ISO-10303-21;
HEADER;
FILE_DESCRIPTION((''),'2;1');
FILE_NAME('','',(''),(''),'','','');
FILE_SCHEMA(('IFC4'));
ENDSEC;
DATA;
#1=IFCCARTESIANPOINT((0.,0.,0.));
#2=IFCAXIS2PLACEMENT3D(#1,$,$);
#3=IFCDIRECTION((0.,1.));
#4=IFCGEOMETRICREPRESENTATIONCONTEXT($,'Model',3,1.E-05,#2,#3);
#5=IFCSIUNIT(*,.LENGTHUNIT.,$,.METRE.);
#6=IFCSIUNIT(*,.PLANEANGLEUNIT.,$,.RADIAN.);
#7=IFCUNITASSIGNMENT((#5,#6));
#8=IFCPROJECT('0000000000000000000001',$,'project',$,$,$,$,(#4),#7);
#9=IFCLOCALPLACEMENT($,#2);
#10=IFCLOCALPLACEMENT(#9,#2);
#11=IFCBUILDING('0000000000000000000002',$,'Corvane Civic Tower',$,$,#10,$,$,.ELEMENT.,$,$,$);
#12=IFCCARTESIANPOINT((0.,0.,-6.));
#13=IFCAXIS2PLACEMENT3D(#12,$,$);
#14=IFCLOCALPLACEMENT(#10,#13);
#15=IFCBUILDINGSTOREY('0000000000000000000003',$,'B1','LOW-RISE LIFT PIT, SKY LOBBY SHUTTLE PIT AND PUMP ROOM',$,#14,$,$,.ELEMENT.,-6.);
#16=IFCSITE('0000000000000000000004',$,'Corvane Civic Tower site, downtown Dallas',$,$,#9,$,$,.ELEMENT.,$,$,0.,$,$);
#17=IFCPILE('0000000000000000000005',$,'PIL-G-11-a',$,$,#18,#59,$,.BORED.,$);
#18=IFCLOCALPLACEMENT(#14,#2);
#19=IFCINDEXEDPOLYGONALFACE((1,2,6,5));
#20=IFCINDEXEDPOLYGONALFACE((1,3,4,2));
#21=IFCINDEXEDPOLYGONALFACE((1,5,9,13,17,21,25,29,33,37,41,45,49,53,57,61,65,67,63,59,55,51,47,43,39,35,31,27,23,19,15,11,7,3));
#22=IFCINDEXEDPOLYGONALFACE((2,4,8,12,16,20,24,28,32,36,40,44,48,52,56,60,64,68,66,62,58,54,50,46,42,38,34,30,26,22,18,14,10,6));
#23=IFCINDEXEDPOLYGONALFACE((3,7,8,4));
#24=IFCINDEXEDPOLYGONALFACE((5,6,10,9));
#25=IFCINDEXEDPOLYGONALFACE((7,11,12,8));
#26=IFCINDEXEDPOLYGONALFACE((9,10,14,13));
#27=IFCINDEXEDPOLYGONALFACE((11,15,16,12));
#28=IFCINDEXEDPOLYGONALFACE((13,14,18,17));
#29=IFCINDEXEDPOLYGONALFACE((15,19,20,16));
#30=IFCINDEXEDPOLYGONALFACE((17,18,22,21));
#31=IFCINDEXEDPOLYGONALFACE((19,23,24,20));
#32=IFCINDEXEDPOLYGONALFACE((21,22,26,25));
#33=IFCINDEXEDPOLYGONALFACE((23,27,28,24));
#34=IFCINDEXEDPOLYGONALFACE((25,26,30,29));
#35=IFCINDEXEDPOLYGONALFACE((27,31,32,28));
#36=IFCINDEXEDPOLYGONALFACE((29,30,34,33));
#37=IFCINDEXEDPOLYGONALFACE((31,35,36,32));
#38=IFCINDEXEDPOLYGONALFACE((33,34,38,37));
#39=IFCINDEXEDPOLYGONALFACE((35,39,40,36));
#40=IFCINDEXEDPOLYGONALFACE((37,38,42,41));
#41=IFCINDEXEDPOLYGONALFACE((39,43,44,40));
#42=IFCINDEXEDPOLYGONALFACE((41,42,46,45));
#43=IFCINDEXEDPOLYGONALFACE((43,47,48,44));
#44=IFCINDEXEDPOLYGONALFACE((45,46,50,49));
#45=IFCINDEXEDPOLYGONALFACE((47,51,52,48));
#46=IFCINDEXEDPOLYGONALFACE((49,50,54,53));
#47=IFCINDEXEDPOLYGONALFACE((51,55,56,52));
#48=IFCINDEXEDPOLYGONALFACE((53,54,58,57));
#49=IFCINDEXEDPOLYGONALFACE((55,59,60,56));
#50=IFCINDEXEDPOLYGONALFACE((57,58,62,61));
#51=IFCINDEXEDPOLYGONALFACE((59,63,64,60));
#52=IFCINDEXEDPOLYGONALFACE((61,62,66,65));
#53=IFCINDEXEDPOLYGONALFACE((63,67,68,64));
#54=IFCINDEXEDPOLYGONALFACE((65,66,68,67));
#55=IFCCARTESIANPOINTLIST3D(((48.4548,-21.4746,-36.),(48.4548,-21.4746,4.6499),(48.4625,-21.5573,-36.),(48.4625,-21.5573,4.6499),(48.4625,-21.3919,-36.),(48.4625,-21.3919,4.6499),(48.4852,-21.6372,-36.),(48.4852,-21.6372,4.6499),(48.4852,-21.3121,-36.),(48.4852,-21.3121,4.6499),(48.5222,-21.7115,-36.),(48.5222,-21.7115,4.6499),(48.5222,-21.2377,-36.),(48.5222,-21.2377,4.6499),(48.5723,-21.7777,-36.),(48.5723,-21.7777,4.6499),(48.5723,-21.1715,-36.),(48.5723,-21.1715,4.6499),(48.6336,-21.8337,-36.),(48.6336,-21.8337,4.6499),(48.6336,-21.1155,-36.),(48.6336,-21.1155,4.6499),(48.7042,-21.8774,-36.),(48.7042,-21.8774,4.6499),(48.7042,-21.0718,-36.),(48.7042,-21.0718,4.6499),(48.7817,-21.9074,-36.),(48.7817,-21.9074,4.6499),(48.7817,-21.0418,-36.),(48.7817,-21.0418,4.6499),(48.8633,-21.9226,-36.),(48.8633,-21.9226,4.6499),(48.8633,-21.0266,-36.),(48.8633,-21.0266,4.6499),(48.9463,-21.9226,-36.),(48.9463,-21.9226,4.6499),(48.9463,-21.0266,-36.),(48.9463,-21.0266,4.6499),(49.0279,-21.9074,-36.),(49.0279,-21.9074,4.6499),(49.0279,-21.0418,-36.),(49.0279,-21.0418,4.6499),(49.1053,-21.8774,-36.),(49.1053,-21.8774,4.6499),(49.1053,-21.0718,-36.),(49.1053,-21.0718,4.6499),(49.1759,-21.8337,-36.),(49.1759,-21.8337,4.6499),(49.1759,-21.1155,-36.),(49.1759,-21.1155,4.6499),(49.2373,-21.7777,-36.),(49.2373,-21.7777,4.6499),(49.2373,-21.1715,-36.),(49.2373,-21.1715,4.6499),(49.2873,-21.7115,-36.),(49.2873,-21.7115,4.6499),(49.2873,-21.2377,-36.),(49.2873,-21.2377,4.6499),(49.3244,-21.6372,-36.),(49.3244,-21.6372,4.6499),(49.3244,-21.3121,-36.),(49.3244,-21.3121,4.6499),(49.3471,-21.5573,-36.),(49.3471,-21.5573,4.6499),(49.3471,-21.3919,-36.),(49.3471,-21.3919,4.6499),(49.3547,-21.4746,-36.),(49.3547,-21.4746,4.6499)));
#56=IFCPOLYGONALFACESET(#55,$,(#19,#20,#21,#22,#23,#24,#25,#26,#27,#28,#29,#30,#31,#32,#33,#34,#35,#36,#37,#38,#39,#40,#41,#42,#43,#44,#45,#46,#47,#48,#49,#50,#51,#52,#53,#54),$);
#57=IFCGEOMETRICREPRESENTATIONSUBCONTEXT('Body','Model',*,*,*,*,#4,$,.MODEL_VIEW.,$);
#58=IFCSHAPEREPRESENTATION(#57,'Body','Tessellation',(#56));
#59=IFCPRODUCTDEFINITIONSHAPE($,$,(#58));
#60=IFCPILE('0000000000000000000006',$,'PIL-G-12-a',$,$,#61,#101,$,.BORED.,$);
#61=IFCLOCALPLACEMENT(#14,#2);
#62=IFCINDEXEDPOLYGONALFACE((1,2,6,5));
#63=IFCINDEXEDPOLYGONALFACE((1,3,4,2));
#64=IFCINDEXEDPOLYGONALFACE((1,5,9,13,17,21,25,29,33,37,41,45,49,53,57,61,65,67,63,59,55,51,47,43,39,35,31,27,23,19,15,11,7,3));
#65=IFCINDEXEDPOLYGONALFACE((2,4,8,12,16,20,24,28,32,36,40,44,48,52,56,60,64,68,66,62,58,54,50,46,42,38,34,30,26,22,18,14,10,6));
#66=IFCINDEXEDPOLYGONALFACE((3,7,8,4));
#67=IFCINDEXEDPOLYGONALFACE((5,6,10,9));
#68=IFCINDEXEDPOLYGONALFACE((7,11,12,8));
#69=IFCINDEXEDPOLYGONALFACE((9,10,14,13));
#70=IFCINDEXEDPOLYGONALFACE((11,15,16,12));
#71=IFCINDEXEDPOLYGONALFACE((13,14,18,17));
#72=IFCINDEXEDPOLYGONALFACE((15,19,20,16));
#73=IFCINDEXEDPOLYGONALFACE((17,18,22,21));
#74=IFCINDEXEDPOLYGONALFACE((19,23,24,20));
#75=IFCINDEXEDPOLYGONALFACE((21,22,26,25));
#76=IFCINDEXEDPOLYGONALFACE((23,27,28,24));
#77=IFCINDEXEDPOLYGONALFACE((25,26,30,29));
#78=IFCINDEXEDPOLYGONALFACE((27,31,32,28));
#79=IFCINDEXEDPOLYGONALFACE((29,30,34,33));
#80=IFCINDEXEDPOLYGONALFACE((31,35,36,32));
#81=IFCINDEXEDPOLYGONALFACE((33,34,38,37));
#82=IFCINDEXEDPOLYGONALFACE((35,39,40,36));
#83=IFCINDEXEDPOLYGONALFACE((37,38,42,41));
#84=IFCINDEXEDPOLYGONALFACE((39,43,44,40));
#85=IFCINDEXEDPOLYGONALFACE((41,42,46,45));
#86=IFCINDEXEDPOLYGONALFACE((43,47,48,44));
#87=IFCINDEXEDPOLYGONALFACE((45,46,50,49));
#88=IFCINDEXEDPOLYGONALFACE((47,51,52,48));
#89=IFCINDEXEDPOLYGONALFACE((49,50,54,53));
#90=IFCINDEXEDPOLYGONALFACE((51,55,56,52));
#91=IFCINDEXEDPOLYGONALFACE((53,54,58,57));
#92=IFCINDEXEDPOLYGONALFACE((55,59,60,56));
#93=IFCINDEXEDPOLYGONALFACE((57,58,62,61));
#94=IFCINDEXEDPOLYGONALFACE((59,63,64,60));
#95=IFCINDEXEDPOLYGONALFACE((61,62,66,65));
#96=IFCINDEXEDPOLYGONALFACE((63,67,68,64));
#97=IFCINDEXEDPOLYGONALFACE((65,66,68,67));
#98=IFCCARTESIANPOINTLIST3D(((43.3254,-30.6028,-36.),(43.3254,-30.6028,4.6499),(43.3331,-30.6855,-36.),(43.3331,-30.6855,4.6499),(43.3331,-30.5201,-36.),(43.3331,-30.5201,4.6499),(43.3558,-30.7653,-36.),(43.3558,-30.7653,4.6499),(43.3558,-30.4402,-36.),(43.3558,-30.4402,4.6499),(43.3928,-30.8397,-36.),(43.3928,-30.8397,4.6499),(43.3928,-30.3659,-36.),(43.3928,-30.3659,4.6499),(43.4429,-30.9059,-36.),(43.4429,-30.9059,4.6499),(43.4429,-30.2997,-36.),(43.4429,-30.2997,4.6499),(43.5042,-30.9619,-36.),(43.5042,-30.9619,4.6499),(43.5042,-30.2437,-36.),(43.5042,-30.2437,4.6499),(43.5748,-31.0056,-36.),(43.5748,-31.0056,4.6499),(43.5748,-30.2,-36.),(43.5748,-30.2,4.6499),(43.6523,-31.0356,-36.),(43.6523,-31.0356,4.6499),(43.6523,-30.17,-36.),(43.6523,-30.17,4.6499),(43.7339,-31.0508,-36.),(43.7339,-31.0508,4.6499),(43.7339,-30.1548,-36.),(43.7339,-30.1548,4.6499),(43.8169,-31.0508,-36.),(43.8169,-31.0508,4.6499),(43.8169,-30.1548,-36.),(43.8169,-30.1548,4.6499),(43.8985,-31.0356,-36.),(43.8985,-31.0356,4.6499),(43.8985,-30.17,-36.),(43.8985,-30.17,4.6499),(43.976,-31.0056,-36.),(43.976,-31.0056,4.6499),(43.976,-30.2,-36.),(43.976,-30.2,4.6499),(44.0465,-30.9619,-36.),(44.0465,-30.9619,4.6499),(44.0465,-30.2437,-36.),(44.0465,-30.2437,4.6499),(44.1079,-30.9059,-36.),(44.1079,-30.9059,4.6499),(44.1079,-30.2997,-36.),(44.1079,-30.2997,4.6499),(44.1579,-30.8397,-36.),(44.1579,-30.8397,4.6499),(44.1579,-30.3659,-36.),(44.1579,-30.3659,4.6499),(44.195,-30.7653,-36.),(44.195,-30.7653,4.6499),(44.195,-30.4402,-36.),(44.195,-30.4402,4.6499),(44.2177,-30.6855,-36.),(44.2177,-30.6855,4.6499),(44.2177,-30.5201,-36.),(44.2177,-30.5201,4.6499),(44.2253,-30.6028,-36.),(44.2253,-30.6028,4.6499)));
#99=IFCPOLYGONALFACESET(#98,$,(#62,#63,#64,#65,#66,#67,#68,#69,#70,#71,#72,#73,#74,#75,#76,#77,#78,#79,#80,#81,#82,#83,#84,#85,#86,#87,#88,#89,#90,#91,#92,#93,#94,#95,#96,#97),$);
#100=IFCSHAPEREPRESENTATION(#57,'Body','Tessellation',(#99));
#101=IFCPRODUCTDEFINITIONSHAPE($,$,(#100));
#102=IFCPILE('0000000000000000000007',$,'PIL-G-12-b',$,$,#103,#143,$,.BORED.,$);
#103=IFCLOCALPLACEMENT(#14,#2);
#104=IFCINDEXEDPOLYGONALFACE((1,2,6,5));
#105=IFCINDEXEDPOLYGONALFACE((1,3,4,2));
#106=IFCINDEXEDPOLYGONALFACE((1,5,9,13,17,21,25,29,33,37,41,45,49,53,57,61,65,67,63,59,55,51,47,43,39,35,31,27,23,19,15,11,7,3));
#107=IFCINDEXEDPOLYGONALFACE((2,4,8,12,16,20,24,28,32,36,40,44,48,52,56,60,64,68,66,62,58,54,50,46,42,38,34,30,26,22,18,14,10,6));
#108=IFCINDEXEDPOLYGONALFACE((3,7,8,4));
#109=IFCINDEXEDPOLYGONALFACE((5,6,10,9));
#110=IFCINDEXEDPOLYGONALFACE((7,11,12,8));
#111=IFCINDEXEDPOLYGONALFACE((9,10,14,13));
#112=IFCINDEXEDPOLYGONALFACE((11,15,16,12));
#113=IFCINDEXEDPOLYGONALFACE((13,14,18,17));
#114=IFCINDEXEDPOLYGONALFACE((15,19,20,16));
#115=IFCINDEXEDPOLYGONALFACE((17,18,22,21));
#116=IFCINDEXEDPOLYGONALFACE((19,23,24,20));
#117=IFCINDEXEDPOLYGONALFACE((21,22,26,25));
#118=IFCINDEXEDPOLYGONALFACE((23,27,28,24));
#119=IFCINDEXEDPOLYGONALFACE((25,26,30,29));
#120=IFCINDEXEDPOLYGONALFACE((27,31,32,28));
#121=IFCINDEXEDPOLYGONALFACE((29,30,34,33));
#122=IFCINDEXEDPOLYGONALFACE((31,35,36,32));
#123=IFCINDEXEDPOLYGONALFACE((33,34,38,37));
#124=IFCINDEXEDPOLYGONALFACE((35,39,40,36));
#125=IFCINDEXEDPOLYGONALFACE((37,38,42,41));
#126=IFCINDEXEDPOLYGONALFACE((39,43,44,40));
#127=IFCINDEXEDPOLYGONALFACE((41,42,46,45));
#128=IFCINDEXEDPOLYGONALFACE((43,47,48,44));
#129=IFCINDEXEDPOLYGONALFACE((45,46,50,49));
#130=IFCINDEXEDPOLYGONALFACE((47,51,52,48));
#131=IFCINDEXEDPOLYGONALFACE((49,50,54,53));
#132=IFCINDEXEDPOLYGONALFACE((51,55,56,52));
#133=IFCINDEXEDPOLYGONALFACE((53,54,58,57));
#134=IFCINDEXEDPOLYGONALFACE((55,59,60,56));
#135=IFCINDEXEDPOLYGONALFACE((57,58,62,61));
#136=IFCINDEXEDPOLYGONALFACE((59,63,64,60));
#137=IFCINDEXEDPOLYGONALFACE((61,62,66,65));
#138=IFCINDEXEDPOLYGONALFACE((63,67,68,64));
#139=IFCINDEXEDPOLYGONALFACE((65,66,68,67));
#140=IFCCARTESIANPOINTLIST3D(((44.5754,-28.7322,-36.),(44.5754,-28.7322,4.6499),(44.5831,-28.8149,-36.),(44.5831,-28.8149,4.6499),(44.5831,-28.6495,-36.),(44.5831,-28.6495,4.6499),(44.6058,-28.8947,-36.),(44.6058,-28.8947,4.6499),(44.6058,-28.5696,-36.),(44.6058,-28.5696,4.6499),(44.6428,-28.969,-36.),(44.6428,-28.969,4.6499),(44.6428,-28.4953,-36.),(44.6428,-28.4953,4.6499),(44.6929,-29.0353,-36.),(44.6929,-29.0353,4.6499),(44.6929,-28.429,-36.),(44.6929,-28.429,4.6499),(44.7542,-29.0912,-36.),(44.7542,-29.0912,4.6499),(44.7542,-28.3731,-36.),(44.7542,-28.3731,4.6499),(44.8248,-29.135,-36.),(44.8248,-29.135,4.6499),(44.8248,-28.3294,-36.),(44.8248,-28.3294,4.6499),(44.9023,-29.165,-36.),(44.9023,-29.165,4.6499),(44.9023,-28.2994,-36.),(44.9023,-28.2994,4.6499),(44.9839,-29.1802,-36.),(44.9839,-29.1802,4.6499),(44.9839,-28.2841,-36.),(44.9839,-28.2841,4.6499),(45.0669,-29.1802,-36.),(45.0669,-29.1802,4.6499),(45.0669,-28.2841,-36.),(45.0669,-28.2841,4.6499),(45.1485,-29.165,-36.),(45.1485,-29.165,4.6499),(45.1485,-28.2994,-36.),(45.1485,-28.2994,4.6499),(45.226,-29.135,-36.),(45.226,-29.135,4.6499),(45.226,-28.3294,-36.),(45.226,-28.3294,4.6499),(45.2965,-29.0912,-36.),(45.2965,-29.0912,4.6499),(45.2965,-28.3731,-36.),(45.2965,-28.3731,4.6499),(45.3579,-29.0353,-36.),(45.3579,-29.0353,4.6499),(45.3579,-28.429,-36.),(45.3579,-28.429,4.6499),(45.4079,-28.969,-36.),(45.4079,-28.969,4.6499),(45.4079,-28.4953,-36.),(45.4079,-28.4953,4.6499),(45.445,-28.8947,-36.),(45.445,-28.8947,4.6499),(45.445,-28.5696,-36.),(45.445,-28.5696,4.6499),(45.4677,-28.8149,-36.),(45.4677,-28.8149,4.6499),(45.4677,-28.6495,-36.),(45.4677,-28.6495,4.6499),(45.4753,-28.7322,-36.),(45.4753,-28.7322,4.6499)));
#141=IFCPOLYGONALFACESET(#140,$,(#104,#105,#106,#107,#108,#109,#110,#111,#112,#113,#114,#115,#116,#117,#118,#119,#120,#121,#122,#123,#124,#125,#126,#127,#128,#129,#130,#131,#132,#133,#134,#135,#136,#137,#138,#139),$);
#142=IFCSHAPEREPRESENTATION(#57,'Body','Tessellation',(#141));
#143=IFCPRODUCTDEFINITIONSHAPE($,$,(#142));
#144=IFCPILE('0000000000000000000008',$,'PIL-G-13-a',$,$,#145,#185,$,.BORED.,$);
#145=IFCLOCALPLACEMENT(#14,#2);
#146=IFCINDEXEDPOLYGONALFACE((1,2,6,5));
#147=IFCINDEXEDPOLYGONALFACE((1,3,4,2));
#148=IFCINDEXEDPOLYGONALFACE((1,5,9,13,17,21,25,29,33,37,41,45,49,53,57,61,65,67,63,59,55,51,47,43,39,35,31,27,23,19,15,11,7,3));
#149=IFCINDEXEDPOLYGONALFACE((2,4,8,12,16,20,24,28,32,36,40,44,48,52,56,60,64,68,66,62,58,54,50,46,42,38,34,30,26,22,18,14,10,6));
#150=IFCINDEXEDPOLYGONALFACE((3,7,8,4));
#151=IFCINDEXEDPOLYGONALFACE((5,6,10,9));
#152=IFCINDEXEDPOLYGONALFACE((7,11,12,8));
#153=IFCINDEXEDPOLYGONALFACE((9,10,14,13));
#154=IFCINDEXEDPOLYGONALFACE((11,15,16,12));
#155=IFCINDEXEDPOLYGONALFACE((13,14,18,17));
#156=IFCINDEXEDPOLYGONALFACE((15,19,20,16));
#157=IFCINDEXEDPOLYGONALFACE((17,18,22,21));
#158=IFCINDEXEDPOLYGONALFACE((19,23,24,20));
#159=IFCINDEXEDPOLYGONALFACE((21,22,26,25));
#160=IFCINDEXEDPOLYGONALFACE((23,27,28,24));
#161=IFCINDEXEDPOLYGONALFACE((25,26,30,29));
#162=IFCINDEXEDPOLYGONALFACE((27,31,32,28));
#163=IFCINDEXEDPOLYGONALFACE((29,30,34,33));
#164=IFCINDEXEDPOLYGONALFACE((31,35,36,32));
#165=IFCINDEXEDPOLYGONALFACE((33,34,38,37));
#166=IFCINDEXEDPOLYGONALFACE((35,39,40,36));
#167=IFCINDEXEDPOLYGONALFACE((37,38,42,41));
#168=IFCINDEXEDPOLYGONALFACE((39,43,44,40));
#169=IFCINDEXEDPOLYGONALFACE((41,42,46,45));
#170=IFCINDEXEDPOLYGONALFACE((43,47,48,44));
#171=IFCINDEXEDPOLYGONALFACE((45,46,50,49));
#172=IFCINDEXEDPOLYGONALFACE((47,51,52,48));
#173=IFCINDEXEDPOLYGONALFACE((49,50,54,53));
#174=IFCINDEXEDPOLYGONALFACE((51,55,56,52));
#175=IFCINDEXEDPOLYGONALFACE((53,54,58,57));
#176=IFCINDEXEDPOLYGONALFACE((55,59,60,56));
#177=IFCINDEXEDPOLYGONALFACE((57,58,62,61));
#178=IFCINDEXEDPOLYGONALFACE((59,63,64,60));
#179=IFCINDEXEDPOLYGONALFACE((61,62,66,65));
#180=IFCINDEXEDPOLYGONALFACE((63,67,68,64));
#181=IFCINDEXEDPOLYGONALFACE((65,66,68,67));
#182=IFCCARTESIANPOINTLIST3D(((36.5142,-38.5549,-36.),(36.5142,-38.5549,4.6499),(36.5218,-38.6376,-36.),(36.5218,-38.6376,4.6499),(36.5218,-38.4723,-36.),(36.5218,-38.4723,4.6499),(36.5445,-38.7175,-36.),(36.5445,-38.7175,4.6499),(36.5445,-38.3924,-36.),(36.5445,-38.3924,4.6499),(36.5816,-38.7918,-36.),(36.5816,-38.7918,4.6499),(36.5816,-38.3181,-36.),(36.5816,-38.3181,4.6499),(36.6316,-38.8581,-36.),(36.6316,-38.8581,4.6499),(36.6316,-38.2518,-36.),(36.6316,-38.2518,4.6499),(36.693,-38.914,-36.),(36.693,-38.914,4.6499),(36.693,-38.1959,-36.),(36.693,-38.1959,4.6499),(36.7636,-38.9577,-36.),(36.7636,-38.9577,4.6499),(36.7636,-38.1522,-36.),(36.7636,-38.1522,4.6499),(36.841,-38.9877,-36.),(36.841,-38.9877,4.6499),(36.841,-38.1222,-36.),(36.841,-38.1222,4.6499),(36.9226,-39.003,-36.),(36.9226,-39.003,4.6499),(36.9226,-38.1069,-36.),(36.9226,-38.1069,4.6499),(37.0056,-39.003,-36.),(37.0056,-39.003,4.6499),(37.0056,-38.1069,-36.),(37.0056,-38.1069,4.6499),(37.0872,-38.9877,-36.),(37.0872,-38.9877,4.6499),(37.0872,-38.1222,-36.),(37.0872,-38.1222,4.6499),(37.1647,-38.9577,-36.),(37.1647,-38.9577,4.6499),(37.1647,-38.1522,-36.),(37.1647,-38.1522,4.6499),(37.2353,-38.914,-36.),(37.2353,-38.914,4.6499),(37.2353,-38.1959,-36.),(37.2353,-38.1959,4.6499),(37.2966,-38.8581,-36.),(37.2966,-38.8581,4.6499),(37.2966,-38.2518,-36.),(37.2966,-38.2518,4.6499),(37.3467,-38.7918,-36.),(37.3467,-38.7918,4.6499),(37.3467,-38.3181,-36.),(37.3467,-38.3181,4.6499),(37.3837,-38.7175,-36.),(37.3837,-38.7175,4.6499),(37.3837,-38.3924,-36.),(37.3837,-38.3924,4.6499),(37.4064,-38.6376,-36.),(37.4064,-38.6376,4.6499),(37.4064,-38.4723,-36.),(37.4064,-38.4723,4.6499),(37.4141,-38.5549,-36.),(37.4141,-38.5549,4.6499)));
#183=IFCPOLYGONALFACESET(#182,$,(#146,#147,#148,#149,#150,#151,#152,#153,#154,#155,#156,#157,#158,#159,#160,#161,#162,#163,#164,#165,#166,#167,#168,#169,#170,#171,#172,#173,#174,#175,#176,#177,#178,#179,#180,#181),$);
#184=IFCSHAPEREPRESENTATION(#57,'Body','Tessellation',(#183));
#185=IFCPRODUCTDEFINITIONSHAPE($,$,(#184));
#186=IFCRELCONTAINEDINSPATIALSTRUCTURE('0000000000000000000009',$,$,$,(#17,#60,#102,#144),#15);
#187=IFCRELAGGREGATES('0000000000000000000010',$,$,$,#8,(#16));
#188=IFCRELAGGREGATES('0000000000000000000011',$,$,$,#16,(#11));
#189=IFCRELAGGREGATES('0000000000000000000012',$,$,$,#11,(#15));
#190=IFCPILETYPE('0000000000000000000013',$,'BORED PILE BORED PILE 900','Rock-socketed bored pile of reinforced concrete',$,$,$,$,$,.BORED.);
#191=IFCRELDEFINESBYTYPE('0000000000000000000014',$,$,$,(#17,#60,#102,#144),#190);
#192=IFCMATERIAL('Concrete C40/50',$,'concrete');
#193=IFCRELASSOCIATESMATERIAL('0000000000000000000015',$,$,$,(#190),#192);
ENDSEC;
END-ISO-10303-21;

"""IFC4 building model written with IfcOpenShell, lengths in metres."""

from ifc_helpers import new_model, si_unit, direction, frame, origin, origin_2d, place, context, subcontext, project, spatial, circle, extrude, material, material_profile, profile_set, type_object, element, save


model = new_model("IFC4")

# Units and contexts
model_context = context("Model", 3, precision=1e-05, world=origin(), true_north=direction((0.0, 1.0)))
body_context = subcontext(model_context, "Body", "Model", "MODEL_VIEW")
ifc_project = project(units=[si_unit("LENGTHUNIT", "METRE"), si_unit("PLANEANGLEUNIT", "RADIAN")], contexts=[model_context])

# Site, building, storey
site_placement = place(None, origin())
site = spatial("IfcSite", under=ifc_project, at=site_placement, Name="Corvane Civic Tower site, downtown Dallas", CompositionType="ELEMENT", RefElevation=0.0)
building_placement = place(site_placement, origin())
building = spatial("IfcBuilding", under=site, at=building_placement, Name="Corvane Civic Tower", CompositionType="ELEMENT")
storey_placement = place(building_placement, frame((0.0, 0.0, -6.0)))
storey = spatial("IfcBuildingStorey", under=building, at=storey_placement, Name="B1", Description="LOW-RISE LIFT PIT, SKY LOBBY SHUTTLE PIT AND PUMP ROOM", CompositionType="ELEMENT", Elevation=-6.0)

# Piles
ifc_material_1 = material(Name="Concrete C40/50", Category="concrete")
ifc_material_profile_1 = material_profile(ifc_material_1, circle(Radius=0.45, at=origin_2d()), Name="BORED PILE 900")
ifc_profile_set_1 = profile_set([ifc_material_profile_1], Name="Concrete C40/50")
pile_type_1 = type_object("IfcPileType", Name="BORED PILE BORED PILE 900", Description="Rock-socketed bored pile of reinforced concrete", PredefinedType="BORED", material=ifc_profile_set_1)
for number, where, z_axis, x_axis, name in (
    (1, (48.9048, -21.4746, 4.6499), (0.0, 0.0, -1.0), (1.0, 0.0, 0.0), "PIL-G-11-a"),
    (2, (43.7754, -30.6028, 4.6499), (0.0, 0.0, -1.0), (1.0, 0.0, 0.0), "PIL-G-12-a"),
    (3, (45.0254, -28.7322, 4.6499), (0.0, 0.0, -1.0), (1.0, 0.0, 0.0), "PIL-G-12-b"),
    (4, (36.9641, -38.5549, 4.6499), (0.0, 0.0, -1.0), (1.0, 0.0, 0.0), "PIL-G-13-a"),
):
    element("IfcPile", number, at=place(storey_placement, frame(where, z_axis=z_axis, x_axis=x_axis)), inside=storey, type_object=pile_type_1, Name=name, PredefinedType="BORED", context=body_context, shape_type="SweptSolid", body=[
        extrude(circle(Radius=0.45, at=origin_2d()), origin(), (0.0, 0.0, 1.0), 40.6499),
    ])

save(model, "model.ifc")
